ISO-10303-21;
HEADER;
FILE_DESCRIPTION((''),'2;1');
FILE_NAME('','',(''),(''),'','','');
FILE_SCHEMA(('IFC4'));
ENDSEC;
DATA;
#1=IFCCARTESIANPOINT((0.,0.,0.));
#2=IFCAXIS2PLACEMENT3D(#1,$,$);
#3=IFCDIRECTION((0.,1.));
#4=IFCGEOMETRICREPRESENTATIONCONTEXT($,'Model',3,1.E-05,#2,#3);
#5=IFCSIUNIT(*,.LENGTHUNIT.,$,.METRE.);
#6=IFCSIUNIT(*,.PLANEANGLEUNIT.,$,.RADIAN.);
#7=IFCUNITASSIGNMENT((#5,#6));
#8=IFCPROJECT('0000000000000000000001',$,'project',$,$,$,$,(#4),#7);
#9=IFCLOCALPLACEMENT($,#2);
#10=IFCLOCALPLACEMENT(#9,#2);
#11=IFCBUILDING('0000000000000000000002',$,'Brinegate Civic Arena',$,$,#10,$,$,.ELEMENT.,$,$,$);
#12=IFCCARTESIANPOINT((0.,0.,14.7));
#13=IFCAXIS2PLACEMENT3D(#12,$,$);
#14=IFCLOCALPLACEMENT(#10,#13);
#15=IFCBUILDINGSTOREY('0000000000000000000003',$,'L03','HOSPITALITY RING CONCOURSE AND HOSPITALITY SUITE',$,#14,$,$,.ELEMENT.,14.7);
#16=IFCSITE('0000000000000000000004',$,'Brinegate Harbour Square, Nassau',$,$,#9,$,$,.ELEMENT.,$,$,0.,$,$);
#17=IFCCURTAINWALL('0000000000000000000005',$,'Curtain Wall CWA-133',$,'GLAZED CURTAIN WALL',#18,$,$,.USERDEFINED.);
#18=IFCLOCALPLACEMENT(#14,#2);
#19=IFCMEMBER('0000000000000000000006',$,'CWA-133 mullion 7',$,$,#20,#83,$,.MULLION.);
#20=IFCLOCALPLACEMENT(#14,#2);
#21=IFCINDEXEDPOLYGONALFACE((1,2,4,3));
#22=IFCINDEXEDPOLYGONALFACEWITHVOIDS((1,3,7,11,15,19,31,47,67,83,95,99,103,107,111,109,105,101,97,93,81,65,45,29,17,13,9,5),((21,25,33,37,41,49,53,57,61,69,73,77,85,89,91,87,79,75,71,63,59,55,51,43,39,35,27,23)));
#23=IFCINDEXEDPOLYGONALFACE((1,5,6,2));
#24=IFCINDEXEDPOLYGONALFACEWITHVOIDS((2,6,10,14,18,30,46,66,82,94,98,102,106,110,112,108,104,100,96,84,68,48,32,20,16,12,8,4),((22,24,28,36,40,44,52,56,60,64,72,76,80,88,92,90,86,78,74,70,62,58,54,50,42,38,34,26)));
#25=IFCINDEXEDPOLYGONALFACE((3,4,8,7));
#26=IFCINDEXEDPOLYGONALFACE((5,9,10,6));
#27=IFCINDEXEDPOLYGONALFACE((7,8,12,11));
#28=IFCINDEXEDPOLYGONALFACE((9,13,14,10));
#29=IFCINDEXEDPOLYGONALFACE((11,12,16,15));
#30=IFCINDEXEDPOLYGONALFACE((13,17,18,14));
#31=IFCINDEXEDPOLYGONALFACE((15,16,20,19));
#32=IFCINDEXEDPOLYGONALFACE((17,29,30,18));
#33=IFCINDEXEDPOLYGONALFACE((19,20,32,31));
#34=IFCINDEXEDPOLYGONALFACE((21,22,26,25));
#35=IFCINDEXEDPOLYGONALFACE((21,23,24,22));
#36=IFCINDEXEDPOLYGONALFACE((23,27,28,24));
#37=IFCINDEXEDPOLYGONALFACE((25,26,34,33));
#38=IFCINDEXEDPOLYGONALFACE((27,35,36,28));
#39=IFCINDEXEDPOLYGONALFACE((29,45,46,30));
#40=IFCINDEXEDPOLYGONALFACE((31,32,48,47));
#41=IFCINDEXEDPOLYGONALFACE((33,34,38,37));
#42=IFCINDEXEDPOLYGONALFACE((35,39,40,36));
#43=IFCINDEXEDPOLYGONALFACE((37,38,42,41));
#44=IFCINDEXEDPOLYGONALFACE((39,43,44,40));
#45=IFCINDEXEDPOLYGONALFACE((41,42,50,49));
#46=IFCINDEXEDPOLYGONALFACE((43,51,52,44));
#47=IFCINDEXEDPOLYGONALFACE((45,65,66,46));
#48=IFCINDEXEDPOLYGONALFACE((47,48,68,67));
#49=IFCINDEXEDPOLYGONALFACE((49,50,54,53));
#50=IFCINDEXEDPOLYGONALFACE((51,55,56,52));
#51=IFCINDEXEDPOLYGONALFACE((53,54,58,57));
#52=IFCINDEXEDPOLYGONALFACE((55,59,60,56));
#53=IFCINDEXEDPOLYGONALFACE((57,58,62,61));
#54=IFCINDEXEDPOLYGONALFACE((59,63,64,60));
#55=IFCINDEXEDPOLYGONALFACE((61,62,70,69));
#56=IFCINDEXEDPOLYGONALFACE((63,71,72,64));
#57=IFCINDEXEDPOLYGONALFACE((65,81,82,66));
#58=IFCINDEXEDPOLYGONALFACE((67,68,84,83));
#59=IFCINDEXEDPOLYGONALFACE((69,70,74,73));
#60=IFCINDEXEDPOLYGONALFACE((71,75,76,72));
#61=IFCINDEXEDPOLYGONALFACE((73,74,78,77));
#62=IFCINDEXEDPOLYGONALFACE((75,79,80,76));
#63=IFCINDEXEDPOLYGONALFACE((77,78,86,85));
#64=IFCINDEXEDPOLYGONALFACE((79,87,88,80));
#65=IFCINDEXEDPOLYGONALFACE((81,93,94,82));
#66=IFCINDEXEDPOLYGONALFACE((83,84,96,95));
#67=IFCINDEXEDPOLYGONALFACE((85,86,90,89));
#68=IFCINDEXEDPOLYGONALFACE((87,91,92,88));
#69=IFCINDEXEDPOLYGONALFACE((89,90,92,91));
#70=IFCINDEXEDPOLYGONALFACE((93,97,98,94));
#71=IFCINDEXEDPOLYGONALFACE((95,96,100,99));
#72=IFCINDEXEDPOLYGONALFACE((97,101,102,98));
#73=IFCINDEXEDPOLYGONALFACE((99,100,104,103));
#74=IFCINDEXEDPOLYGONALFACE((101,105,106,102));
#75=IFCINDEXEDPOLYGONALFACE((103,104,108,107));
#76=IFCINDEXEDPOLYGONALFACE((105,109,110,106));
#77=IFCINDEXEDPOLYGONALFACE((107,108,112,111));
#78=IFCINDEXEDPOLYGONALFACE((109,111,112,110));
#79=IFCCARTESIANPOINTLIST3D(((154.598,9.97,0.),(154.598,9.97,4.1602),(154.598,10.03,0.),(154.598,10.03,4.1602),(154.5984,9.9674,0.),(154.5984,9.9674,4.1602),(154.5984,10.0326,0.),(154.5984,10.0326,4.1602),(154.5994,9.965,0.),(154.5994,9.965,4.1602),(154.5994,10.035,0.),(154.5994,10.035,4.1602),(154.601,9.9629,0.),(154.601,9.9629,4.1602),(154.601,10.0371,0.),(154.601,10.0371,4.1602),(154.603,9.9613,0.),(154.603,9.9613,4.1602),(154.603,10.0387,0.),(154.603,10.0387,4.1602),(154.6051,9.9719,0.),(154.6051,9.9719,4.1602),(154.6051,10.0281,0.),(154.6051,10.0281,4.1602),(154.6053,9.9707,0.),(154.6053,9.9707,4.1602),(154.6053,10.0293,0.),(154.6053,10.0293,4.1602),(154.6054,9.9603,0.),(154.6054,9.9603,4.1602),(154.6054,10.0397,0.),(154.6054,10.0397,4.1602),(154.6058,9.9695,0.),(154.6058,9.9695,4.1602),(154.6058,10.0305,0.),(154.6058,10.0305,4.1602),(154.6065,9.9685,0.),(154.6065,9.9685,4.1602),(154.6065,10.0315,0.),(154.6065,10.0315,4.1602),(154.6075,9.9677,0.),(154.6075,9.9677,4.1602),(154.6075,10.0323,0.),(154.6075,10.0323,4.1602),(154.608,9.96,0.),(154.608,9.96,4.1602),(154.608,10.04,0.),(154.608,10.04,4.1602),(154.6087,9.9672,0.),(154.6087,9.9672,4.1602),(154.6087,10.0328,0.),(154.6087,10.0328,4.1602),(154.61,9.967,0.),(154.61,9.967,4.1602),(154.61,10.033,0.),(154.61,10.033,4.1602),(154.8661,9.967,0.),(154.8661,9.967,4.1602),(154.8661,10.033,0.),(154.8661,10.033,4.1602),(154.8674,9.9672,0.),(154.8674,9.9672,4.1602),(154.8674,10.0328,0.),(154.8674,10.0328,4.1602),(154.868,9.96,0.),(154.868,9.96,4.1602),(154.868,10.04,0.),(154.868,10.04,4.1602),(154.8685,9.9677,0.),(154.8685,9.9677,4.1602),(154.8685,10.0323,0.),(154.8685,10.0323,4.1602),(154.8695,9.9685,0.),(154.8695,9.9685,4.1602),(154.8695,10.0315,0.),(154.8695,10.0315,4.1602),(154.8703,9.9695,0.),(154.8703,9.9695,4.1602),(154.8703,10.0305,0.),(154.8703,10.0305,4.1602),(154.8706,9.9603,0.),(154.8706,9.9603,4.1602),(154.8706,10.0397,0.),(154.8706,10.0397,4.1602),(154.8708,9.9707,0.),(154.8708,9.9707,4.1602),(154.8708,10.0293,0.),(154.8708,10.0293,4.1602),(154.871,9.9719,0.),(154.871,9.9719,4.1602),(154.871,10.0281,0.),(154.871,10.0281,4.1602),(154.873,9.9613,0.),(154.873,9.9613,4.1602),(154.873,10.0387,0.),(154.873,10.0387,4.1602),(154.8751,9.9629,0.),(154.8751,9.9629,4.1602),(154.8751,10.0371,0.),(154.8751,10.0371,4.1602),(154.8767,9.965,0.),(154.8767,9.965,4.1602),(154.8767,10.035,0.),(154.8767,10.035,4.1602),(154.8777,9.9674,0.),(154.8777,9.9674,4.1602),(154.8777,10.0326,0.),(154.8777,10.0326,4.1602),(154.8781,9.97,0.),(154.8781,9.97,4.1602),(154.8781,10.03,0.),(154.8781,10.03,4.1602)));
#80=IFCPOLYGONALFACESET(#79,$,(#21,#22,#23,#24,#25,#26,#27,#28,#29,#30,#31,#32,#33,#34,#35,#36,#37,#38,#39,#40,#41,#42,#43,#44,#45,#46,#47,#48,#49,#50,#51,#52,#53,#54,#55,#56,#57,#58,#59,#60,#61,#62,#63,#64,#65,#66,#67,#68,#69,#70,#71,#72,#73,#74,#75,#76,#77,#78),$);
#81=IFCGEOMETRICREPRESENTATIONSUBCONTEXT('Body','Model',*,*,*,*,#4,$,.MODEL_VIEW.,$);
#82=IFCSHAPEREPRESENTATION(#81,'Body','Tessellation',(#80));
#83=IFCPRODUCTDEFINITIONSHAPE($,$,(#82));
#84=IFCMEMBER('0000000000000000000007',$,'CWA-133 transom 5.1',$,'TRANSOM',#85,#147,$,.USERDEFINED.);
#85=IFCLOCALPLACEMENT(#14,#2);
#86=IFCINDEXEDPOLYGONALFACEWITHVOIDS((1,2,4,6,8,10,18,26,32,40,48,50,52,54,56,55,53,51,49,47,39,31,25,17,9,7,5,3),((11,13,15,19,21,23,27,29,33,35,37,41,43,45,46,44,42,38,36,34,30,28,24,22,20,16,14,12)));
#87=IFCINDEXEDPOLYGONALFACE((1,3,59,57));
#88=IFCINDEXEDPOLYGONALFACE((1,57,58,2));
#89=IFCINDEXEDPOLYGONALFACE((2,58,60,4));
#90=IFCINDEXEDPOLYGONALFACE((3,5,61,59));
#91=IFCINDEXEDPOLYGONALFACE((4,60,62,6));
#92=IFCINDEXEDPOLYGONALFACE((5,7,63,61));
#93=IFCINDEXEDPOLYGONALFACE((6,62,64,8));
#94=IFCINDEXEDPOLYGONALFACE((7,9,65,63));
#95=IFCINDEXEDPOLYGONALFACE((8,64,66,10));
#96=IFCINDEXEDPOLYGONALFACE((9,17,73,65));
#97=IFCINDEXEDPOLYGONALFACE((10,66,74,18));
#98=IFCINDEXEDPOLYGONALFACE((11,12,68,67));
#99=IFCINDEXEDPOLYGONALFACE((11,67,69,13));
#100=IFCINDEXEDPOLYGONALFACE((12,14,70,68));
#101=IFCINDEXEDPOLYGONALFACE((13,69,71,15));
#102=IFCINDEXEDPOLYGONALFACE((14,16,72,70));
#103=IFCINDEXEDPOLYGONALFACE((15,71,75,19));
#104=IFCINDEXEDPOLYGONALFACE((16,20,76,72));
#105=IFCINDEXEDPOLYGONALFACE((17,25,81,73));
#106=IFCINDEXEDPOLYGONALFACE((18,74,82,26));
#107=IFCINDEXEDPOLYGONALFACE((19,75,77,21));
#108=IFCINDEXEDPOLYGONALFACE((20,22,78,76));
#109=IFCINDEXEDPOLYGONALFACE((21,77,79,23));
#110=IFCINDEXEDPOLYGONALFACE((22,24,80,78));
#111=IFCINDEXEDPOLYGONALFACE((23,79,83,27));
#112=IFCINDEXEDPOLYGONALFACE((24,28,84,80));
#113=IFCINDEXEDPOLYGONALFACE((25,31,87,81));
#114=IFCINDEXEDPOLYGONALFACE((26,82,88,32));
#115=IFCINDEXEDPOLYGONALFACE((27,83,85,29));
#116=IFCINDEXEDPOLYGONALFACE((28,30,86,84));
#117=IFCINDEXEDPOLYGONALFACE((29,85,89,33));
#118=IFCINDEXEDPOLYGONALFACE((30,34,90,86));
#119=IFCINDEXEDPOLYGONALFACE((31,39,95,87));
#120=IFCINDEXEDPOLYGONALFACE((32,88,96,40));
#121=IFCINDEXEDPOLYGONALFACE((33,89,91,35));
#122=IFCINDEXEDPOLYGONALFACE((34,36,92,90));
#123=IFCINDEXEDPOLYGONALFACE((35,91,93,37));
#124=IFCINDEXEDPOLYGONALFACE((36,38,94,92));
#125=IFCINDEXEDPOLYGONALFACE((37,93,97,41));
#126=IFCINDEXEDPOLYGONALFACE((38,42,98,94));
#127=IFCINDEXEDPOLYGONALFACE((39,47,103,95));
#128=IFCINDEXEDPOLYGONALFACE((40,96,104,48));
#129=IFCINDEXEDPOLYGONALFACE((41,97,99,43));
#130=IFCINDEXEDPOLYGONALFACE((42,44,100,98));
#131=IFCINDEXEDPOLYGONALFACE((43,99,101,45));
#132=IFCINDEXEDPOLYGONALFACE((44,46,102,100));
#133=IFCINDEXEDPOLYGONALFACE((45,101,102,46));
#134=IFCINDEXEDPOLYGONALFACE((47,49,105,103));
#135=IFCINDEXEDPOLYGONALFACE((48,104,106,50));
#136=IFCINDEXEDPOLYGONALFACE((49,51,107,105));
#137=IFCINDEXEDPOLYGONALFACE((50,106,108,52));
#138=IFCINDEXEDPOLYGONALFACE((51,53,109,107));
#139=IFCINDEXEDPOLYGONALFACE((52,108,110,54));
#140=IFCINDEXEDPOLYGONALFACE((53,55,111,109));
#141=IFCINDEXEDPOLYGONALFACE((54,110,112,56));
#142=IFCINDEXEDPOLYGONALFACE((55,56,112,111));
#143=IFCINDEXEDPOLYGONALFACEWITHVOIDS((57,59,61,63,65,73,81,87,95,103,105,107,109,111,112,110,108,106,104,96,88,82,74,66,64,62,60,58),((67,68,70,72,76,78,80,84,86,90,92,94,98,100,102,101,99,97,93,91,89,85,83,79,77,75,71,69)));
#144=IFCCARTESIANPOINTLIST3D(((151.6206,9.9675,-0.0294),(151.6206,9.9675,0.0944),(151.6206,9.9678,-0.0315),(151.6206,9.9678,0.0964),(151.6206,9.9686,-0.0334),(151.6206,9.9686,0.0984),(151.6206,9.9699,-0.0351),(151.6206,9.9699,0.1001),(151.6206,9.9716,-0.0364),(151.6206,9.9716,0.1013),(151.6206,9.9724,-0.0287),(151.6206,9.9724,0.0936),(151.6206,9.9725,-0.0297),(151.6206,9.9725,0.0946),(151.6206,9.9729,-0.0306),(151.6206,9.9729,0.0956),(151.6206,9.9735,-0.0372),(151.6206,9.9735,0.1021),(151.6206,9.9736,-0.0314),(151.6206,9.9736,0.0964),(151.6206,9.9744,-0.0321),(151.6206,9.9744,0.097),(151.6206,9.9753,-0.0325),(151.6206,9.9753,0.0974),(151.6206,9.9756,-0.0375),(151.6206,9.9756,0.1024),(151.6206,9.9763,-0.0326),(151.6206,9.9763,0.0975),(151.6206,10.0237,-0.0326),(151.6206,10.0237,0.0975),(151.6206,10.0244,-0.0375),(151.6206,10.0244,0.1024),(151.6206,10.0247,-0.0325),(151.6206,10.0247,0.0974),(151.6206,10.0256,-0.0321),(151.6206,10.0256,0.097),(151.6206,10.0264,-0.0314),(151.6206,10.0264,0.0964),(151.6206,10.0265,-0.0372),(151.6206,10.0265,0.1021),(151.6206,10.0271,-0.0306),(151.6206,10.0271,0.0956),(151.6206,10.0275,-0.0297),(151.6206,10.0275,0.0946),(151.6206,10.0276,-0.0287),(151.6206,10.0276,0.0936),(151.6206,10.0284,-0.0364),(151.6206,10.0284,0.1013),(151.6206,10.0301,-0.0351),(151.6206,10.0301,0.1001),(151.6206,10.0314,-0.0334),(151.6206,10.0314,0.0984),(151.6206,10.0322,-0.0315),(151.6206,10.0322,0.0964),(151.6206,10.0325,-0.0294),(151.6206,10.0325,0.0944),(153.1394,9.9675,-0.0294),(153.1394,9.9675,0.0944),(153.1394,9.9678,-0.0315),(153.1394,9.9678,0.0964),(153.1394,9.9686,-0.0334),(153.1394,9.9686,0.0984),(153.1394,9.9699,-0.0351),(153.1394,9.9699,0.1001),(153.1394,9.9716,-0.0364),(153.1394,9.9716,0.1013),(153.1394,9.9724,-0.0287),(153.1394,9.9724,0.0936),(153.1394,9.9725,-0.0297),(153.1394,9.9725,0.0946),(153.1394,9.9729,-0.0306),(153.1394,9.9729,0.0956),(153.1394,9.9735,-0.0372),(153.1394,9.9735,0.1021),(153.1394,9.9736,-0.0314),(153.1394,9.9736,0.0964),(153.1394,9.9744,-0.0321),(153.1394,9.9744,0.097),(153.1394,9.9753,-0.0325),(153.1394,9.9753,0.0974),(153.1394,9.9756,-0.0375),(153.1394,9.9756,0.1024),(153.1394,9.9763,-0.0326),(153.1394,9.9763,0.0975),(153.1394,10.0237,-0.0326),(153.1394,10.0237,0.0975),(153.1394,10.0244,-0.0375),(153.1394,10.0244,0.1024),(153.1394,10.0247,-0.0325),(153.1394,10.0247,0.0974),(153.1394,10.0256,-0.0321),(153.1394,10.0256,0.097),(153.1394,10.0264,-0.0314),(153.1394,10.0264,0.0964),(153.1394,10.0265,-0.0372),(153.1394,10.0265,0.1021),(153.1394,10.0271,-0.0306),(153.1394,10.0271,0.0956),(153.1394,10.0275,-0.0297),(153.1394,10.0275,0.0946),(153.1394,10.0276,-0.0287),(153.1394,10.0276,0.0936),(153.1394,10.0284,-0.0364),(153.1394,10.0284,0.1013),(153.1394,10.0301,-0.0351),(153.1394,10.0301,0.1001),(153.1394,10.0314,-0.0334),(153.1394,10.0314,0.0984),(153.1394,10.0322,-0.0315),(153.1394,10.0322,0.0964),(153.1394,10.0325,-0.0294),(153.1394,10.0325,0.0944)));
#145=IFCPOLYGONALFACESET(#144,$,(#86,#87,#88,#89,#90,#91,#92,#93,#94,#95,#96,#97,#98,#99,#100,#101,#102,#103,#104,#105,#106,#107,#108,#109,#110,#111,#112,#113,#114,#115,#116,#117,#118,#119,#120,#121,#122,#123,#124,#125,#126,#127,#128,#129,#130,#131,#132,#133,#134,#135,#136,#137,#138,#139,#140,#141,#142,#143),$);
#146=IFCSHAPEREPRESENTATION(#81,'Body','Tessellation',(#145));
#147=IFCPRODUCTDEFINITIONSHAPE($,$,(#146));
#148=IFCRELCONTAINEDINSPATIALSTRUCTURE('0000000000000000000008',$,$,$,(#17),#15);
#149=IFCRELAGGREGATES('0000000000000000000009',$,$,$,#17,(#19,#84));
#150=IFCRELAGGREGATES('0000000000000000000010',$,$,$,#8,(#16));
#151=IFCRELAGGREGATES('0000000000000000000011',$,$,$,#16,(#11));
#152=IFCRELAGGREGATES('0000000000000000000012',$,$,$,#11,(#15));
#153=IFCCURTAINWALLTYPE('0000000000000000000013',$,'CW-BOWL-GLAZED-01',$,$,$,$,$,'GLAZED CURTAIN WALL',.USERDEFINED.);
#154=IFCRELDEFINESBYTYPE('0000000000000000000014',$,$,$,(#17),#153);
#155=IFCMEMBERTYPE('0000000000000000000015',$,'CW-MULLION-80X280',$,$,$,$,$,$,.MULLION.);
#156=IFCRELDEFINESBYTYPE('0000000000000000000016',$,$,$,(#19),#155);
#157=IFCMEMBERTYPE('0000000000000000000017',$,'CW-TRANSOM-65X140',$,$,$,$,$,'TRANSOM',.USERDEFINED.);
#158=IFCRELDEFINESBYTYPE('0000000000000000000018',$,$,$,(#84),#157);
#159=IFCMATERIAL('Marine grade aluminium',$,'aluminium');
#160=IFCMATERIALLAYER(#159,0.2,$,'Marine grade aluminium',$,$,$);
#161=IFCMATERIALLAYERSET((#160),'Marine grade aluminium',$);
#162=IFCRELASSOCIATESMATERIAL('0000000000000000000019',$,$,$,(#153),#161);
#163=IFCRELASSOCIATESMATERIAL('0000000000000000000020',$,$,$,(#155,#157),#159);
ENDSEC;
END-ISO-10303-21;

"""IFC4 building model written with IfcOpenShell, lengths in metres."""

from ifc_helpers import new_model, si_unit, direction, frame, origin, origin_2d, place, context, subcontext, project, spatial, hollow_rectangle, extrude, material, layer, layer_set, material_profile, profile_set, type_object, element, aggregate, save


model = new_model("IFC4")

# Units and contexts
model_context = context("Model", 3, precision=1e-05, world=origin(), true_north=direction((0.0, 1.0)))
body_context = subcontext(model_context, "Body", "Model", "MODEL_VIEW")
ifc_project = project(units=[si_unit("LENGTHUNIT", "METRE"), si_unit("PLANEANGLEUNIT", "RADIAN")], contexts=[model_context])

# Site, building, storey
site_placement = place(None, origin())
site = spatial("IfcSite", under=ifc_project, at=site_placement, Name="Brinegate Harbour Square, Nassau", CompositionType="ELEMENT", RefElevation=0.0)
building_placement = place(site_placement, origin())
building = spatial("IfcBuilding", under=site, at=building_placement, Name="Brinegate Civic Arena", CompositionType="ELEMENT")
storey_placement = place(building_placement, frame((0.0, 0.0, 14.7)))
storey = spatial("IfcBuildingStorey", under=building, at=storey_placement, Name="L03", Description="HOSPITALITY RING CONCOURSE AND HOSPITALITY SUITE", CompositionType="ELEMENT", Elevation=14.7)

# Curtain wall, members
ifc_material_1 = material(Name="Marine grade aluminium", Category="aluminium")
ifc_layer_1 = layer(ifc_material_1, 0.2, Name="Marine grade aluminium")
ifc_layer_set_1 = layer_set([ifc_layer_1], Name="Marine grade aluminium")
curtain_wall_type = type_object("IfcCurtainWallType", Name="CW-BOWL-GLAZED-01", ElementType="GLAZED CURTAIN WALL", PredefinedType="USERDEFINED", material=ifc_layer_set_1)
curtain_wall_placement = place(storey_placement, origin())
curtain_wall = element("IfcCurtainWall", 1, at=curtain_wall_placement, inside=storey, type_object=curtain_wall_type, Name="Curtain Wall CWA-133", ObjectType="GLAZED CURTAIN WALL", PredefinedType="USERDEFINED")
ifc_material_profile_1 = material_profile(ifc_material_1, hollow_rectangle(XDim=0.0801, YDim=0.28, WallThickness=0.0071, InnerFilletRadius=0.0049, OuterFilletRadius=0.01, at=origin_2d()), Name="MUL80X280")
ifc_profile_set_1 = profile_set([ifc_material_profile_1], Name="Marine grade aluminium")
member_type_1 = type_object("IfcMemberType", Name="CW-MULLION-80X280", PredefinedType="MULLION", material=ifc_profile_set_1)
member_1_placement = place(storey_placement, frame((154.738, 10.0, 0.0), z_axis=(0.0, 0.0, 1.0), x_axis=(0.0, 1.0, 0.0)))
member_1 = element("IfcMember", 2, at=member_1_placement, type_object=member_type_1, Name="CWA-133 mullion 7", PredefinedType="MULLION", context=body_context, shape_type="SweptSolid", body=[
    extrude(hollow_rectangle(XDim=0.0801, YDim=0.28, WallThickness=0.0071, InnerFilletRadius=0.0049, OuterFilletRadius=0.01, at=origin_2d()), origin(), (0.0, 0.0, 1.0), 4.1602),
])
ifc_material_profile_2 = material_profile(ifc_material_1, hollow_rectangle(XDim=0.0649, YDim=0.1399, WallThickness=0.0049, InnerFilletRadius=0.0039, OuterFilletRadius=0.0081, at=origin_2d()), Name="TRN65X140")
ifc_profile_set_2 = profile_set([ifc_material_profile_2], Name="Marine grade aluminium")
member_type_2 = type_object("IfcMemberType", Name="CW-TRANSOM-65X140", ElementType="TRANSOM", PredefinedType="USERDEFINED", material=ifc_profile_set_2)
member_2_placement = place(storey_placement, frame((151.6206, 10.0, 0.0325), z_axis=(1.0, 0.0, 0.0), x_axis=(0.0, 1.0, 0.0)))
member_2 = element("IfcMember", 3, at=member_2_placement, type_object=member_type_2, Name="CWA-133 transom 5.1", ObjectType="TRANSOM", PredefinedType="USERDEFINED", context=body_context, shape_type="SweptSolid", body=[
    extrude(hollow_rectangle(XDim=0.0649, YDim=0.1399, WallThickness=0.0049, InnerFilletRadius=0.0039, OuterFilletRadius=0.0081, at=origin_2d()), origin(), (0.0, 0.0, 1.0), 1.5188),
])

aggregate(curtain_wall, [member_1, member_2])

save(model, "model.ifc")
